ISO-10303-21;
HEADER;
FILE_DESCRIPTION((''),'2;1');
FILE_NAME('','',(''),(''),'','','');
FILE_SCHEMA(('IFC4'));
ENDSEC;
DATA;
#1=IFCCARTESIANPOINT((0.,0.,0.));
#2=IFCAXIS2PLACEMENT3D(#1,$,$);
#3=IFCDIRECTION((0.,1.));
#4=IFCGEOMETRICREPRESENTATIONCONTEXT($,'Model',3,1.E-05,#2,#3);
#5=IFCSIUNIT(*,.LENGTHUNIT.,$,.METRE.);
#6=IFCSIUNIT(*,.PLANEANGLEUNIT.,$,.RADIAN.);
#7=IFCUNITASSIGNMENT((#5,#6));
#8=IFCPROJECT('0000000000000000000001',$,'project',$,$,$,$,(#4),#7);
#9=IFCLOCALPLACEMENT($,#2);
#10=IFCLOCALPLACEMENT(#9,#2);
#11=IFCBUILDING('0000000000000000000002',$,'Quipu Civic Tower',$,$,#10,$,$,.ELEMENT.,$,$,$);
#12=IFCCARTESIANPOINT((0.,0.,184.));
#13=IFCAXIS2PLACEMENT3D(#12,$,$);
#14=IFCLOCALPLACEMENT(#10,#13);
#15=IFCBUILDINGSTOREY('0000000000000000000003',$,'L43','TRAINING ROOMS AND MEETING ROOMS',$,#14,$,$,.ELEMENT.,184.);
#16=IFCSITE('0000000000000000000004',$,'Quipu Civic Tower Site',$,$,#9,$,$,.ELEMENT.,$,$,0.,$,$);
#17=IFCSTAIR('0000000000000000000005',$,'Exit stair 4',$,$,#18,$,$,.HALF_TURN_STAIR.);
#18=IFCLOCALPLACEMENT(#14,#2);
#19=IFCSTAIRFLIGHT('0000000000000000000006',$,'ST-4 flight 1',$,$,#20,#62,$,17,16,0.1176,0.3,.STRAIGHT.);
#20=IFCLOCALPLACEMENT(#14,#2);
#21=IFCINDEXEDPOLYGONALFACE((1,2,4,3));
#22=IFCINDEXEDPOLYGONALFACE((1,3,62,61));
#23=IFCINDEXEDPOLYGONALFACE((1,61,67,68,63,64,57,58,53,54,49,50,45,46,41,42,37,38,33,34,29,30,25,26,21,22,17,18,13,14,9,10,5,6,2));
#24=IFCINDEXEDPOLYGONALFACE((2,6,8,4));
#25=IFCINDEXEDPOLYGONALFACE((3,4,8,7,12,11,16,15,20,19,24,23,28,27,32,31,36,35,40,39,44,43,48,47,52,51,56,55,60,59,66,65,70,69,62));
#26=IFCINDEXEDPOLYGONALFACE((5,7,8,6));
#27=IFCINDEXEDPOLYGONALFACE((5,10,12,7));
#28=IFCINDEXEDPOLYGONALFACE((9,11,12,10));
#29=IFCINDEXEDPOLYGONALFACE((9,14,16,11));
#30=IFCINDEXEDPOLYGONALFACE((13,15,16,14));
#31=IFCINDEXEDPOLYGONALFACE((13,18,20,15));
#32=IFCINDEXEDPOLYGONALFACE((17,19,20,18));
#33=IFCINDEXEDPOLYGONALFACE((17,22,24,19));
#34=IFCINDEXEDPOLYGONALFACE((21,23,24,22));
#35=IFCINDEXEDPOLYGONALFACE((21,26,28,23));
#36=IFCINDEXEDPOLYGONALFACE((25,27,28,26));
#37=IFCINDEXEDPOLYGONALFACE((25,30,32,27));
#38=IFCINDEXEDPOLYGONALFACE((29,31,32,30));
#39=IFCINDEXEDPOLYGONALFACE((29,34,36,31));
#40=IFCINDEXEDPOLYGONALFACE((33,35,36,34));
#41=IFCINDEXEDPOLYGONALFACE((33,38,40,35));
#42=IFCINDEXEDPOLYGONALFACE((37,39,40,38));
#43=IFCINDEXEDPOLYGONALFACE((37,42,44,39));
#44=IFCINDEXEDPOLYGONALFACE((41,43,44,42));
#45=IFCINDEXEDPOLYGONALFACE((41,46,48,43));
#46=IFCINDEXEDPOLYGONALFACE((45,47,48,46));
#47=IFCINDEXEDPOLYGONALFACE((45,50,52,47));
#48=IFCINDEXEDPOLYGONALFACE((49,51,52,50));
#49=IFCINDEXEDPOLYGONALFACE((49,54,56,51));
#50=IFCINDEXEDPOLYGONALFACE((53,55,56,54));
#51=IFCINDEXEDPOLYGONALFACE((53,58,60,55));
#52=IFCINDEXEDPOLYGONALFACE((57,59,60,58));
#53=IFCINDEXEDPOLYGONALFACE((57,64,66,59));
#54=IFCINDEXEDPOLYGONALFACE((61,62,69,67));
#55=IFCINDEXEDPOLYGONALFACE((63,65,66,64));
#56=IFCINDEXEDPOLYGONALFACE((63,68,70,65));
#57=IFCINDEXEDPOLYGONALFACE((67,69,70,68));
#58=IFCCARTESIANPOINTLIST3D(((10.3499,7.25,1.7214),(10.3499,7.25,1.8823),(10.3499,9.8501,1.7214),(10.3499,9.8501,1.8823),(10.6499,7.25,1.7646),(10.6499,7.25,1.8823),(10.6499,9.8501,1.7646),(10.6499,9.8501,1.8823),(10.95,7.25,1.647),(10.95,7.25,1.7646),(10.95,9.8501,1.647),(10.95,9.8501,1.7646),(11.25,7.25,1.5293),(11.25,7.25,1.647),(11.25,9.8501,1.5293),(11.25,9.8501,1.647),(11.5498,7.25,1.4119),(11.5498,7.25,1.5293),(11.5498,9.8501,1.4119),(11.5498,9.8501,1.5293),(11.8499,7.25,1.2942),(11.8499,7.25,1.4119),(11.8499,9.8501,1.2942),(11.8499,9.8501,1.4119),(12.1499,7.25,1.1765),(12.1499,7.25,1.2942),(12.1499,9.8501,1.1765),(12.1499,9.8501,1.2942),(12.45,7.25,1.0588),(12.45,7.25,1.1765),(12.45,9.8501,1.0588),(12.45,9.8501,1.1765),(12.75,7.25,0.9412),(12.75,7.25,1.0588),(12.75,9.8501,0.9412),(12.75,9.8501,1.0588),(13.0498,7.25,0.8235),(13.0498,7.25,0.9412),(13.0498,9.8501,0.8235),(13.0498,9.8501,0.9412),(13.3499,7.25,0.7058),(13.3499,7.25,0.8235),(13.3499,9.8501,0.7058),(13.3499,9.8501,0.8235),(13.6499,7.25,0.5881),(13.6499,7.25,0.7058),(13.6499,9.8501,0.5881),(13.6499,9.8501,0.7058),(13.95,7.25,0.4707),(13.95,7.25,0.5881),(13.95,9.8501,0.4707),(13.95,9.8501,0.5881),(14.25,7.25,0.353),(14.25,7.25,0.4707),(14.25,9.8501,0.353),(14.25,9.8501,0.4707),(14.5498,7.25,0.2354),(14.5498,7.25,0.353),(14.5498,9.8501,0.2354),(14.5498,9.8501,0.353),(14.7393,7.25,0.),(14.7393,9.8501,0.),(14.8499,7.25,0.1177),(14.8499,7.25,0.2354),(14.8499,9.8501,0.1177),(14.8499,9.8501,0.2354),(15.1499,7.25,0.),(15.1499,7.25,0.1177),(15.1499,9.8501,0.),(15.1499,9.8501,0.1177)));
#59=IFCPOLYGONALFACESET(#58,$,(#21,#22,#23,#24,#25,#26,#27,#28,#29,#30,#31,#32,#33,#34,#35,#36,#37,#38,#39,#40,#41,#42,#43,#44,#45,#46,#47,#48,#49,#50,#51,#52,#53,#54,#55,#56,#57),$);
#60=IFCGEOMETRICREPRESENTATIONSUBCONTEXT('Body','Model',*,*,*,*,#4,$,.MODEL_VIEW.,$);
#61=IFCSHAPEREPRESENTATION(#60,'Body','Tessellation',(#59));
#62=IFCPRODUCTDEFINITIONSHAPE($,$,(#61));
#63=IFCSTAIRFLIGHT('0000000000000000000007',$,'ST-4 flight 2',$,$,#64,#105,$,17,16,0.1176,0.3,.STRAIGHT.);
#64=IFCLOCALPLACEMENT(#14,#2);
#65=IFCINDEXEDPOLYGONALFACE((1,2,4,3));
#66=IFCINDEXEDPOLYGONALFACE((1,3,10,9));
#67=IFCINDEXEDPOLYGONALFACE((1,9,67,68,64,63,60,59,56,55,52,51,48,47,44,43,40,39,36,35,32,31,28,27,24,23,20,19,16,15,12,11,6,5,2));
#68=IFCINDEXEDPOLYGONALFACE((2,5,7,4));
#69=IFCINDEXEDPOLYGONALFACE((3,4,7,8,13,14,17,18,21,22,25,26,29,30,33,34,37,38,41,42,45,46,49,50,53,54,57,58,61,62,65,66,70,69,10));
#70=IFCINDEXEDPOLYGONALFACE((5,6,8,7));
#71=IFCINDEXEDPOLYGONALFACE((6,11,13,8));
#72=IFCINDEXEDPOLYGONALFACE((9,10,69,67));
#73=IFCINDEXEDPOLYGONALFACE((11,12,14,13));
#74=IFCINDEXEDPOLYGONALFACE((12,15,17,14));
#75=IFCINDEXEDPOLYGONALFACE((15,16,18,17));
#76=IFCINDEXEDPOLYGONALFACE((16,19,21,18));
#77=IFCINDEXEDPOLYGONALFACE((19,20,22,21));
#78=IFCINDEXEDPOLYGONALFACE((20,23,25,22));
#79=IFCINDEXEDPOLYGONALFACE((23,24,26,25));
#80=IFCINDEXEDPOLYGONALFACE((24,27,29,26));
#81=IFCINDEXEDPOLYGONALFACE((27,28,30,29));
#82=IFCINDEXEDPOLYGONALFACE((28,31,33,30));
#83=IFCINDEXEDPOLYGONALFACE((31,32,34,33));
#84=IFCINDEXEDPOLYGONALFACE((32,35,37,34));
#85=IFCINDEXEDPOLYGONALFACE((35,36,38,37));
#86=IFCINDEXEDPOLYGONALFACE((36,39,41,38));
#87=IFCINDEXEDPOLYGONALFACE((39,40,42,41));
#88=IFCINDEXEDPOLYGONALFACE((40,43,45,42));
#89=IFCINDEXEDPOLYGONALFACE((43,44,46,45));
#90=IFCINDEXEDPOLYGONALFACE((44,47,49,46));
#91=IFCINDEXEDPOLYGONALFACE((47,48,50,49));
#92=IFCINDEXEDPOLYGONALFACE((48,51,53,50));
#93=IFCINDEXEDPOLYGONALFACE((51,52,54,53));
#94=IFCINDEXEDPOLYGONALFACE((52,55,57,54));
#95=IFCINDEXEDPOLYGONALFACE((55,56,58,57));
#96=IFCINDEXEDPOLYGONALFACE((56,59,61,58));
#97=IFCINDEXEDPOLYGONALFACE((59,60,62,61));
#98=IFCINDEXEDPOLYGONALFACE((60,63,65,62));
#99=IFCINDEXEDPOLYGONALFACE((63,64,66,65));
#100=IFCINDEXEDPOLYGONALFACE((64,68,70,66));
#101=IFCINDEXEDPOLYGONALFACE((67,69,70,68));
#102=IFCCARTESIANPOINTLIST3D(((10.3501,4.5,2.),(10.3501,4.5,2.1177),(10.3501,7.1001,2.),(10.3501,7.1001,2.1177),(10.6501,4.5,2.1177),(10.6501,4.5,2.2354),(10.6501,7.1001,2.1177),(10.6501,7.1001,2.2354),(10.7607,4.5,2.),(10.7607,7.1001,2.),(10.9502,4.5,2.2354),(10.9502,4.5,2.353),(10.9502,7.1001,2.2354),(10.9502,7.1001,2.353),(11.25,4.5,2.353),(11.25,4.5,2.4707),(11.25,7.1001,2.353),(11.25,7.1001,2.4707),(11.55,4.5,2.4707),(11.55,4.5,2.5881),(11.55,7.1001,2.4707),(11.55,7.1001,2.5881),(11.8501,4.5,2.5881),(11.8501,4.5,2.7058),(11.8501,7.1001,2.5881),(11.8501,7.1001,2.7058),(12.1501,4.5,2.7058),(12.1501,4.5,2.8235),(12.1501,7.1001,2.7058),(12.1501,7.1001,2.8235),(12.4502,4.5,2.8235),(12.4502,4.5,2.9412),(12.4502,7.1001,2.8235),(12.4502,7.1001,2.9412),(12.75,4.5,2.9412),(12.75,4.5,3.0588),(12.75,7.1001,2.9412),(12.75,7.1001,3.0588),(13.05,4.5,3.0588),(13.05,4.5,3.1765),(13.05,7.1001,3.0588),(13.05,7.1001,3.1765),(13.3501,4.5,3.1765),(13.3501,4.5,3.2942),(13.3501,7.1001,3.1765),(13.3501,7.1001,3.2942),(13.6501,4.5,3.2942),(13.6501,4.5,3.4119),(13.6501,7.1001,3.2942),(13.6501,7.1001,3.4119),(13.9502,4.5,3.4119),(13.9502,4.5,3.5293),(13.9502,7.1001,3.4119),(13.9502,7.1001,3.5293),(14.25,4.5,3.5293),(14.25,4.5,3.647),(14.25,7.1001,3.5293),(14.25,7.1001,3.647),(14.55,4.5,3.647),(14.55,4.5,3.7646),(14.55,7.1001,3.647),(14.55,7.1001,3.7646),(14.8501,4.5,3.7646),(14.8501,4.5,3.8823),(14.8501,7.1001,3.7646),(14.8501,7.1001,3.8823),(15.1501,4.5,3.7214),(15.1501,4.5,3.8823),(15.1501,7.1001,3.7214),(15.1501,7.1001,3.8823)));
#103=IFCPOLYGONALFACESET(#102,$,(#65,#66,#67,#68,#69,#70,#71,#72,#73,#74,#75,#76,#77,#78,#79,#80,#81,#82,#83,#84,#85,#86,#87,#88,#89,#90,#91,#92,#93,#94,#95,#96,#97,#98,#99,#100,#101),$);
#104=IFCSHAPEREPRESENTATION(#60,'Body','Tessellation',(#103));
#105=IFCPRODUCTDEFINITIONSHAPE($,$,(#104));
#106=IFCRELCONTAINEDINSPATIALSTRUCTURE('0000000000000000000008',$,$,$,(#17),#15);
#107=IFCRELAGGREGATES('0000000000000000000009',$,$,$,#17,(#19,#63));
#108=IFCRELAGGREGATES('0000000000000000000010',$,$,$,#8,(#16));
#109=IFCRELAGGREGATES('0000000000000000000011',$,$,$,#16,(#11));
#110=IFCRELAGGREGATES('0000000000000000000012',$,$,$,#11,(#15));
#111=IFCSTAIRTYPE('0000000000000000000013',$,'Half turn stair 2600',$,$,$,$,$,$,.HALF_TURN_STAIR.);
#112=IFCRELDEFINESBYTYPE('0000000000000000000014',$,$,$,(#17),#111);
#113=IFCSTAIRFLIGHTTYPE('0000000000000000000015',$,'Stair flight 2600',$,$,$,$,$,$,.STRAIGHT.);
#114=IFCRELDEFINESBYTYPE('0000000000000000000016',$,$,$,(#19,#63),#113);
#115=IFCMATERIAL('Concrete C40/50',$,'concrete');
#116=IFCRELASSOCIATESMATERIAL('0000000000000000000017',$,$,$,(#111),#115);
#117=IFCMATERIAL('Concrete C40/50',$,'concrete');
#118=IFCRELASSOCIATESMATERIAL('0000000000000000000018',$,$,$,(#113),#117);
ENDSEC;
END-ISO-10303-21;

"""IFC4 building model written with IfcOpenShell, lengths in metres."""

from ifc_helpers import new_model, si_unit, direction, frame, origin, place, context, subcontext, project, spatial, polyline, outline, extrude, material, type_object, element, aggregate, save


model = new_model("IFC4")

# Units and contexts
model_context = context("Model", 3, precision=1e-05, world=origin(), true_north=direction((0.0, 1.0)))
body_context = subcontext(model_context, "Body", "Model", "MODEL_VIEW")
ifc_project = project(units=[si_unit("LENGTHUNIT", "METRE"), si_unit("PLANEANGLEUNIT", "RADIAN")], contexts=[model_context])

# Site, building, storey
site_placement = place(None, origin())
site = spatial("IfcSite", under=ifc_project, at=site_placement, Name="Quipu Civic Tower Site", CompositionType="ELEMENT", RefElevation=0.0)
building_placement = place(site_placement, origin())
building = spatial("IfcBuilding", under=site, at=building_placement, Name="Quipu Civic Tower", CompositionType="ELEMENT")
storey_placement = place(building_placement, frame((0.0, 0.0, 184.0)))
storey = spatial("IfcBuildingStorey", under=building, at=storey_placement, Name="L43", Description="TRAINING ROOMS AND MEETING ROOMS", CompositionType="ELEMENT", Elevation=184.0)

# Stair, stair flights
ifc_material_1 = material(Name="Concrete C40/50", Category="concrete")
stair_type = type_object("IfcStairType", Name="Half turn stair 2600", PredefinedType="HALF_TURN_STAIR", material=ifc_material_1)
stair_placement = place(storey_placement, origin())
stair = element("IfcStair", 1, at=stair_placement, inside=storey, type_object=stair_type, Name="Exit stair 4", PredefinedType="HALF_TURN_STAIR")
ifc_material_2 = material(Name="Concrete C40/50", Category="concrete")
stair_flight_type = type_object("IfcStairFlightType", Name="Stair flight 2600", PredefinedType="STRAIGHT", material=ifc_material_2)
stair_flight_1_placement = place(storey_placement, frame((15.1499, 8.55, 0.0), z_axis=(0.0, 0.0, 1.0), x_axis=(-1.0, 0.0, 0.0)))
stair_flight_1 = element("IfcStairFlight", 2, at=stair_flight_1_placement, type_object=stair_flight_type, Name="ST-4 flight 1", NumberOfRisers=17, NumberOfTreads=16, PredefinedType="STRAIGHT", RiserHeight=0.1176, TreadLength=0.3, context=body_context, shape_type="SweptSolid", body=[
    extrude(outline(polyline([(0.0, 0.0), (0.0, 0.1177), (0.3, 0.1177), (0.3, 0.2354), (0.6001, 0.2354), (0.6001, 0.353), (0.8999, 0.353), (0.8999, 0.4707), (1.2, 0.4707), (1.2, 0.5881), (1.5, 0.5881), (1.5, 0.7058), (1.8, 0.7058), (1.8, 0.8235), (2.1001, 0.8235), (2.1001, 0.9412), (2.3999, 0.9412), (2.3999, 1.0588), (2.7, 1.0588), (2.7, 1.1765), (3.0, 1.1765), (3.0, 1.2942), (3.3, 1.2942), (3.3, 1.4119), (3.6001, 1.4119), (3.6001, 1.5293), (3.8999, 1.5293), (3.8999, 1.647), (4.2, 1.647), (4.2, 1.7646), (4.5, 1.7646), (4.5, 1.8823), (4.8, 1.8823), (4.8, 2.0), (4.8, 1.7214), (0.4106, 0.0), (0.0, 0.0)])), frame((0.0, 1.3, 0.0), z_axis=(0.0, -1.0, 0.0), x_axis=(1.0, 0.0, 0.0)), (0.0, 0.0, 1.0), 2.6001),
])
stair_flight_2_placement = place(storey_placement, frame((10.3501, 5.8, 2.0), z_axis=(0.0, 0.0, 1.0), x_axis=(1.0, 0.0, 0.0)))
stair_flight_2 = element("IfcStairFlight", 3, at=stair_flight_2_placement, type_object=stair_flight_type, Name="ST-4 flight 2", NumberOfRisers=17, NumberOfTreads=16, PredefinedType="STRAIGHT", RiserHeight=0.1176, TreadLength=0.3, context=body_context, shape_type="SweptSolid", body=[
    extrude(outline(polyline([(0.0, 0.0), (0.0, 0.1177), (0.3, 0.1177), (0.3, 0.2354), (0.6001, 0.2354), (0.6001, 0.353), (0.8999, 0.353), (0.8999, 0.4707), (1.2, 0.4707), (1.2, 0.5881), (1.5, 0.5881), (1.5, 0.7058), (1.8, 0.7058), (1.8, 0.8235), (2.1001, 0.8235), (2.1001, 0.9412), (2.3999, 0.9412), (2.3999, 1.0588), (2.7, 1.0588), (2.7, 1.1765), (3.0, 1.1765), (3.0, 1.2942), (3.3, 1.2942), (3.3, 1.4119), (3.6001, 1.4119), (3.6001, 1.5293), (3.8999, 1.5293), (3.8999, 1.647), (4.2, 1.647), (4.2, 1.7646), (4.5, 1.7646), (4.5, 1.8823), (4.8, 1.8823), (4.8, 2.0), (4.8, 1.7214), (0.4106, 0.0), (0.0, 0.0)])), frame((0.0, 1.3, 0.0), z_axis=(0.0, -1.0, 0.0), x_axis=(1.0, 0.0, 0.0)), (0.0, 0.0, 1.0), 2.6001),
])
aggregate(stair, [stair_flight_1, stair_flight_2])

save(model, "model.ifc")
